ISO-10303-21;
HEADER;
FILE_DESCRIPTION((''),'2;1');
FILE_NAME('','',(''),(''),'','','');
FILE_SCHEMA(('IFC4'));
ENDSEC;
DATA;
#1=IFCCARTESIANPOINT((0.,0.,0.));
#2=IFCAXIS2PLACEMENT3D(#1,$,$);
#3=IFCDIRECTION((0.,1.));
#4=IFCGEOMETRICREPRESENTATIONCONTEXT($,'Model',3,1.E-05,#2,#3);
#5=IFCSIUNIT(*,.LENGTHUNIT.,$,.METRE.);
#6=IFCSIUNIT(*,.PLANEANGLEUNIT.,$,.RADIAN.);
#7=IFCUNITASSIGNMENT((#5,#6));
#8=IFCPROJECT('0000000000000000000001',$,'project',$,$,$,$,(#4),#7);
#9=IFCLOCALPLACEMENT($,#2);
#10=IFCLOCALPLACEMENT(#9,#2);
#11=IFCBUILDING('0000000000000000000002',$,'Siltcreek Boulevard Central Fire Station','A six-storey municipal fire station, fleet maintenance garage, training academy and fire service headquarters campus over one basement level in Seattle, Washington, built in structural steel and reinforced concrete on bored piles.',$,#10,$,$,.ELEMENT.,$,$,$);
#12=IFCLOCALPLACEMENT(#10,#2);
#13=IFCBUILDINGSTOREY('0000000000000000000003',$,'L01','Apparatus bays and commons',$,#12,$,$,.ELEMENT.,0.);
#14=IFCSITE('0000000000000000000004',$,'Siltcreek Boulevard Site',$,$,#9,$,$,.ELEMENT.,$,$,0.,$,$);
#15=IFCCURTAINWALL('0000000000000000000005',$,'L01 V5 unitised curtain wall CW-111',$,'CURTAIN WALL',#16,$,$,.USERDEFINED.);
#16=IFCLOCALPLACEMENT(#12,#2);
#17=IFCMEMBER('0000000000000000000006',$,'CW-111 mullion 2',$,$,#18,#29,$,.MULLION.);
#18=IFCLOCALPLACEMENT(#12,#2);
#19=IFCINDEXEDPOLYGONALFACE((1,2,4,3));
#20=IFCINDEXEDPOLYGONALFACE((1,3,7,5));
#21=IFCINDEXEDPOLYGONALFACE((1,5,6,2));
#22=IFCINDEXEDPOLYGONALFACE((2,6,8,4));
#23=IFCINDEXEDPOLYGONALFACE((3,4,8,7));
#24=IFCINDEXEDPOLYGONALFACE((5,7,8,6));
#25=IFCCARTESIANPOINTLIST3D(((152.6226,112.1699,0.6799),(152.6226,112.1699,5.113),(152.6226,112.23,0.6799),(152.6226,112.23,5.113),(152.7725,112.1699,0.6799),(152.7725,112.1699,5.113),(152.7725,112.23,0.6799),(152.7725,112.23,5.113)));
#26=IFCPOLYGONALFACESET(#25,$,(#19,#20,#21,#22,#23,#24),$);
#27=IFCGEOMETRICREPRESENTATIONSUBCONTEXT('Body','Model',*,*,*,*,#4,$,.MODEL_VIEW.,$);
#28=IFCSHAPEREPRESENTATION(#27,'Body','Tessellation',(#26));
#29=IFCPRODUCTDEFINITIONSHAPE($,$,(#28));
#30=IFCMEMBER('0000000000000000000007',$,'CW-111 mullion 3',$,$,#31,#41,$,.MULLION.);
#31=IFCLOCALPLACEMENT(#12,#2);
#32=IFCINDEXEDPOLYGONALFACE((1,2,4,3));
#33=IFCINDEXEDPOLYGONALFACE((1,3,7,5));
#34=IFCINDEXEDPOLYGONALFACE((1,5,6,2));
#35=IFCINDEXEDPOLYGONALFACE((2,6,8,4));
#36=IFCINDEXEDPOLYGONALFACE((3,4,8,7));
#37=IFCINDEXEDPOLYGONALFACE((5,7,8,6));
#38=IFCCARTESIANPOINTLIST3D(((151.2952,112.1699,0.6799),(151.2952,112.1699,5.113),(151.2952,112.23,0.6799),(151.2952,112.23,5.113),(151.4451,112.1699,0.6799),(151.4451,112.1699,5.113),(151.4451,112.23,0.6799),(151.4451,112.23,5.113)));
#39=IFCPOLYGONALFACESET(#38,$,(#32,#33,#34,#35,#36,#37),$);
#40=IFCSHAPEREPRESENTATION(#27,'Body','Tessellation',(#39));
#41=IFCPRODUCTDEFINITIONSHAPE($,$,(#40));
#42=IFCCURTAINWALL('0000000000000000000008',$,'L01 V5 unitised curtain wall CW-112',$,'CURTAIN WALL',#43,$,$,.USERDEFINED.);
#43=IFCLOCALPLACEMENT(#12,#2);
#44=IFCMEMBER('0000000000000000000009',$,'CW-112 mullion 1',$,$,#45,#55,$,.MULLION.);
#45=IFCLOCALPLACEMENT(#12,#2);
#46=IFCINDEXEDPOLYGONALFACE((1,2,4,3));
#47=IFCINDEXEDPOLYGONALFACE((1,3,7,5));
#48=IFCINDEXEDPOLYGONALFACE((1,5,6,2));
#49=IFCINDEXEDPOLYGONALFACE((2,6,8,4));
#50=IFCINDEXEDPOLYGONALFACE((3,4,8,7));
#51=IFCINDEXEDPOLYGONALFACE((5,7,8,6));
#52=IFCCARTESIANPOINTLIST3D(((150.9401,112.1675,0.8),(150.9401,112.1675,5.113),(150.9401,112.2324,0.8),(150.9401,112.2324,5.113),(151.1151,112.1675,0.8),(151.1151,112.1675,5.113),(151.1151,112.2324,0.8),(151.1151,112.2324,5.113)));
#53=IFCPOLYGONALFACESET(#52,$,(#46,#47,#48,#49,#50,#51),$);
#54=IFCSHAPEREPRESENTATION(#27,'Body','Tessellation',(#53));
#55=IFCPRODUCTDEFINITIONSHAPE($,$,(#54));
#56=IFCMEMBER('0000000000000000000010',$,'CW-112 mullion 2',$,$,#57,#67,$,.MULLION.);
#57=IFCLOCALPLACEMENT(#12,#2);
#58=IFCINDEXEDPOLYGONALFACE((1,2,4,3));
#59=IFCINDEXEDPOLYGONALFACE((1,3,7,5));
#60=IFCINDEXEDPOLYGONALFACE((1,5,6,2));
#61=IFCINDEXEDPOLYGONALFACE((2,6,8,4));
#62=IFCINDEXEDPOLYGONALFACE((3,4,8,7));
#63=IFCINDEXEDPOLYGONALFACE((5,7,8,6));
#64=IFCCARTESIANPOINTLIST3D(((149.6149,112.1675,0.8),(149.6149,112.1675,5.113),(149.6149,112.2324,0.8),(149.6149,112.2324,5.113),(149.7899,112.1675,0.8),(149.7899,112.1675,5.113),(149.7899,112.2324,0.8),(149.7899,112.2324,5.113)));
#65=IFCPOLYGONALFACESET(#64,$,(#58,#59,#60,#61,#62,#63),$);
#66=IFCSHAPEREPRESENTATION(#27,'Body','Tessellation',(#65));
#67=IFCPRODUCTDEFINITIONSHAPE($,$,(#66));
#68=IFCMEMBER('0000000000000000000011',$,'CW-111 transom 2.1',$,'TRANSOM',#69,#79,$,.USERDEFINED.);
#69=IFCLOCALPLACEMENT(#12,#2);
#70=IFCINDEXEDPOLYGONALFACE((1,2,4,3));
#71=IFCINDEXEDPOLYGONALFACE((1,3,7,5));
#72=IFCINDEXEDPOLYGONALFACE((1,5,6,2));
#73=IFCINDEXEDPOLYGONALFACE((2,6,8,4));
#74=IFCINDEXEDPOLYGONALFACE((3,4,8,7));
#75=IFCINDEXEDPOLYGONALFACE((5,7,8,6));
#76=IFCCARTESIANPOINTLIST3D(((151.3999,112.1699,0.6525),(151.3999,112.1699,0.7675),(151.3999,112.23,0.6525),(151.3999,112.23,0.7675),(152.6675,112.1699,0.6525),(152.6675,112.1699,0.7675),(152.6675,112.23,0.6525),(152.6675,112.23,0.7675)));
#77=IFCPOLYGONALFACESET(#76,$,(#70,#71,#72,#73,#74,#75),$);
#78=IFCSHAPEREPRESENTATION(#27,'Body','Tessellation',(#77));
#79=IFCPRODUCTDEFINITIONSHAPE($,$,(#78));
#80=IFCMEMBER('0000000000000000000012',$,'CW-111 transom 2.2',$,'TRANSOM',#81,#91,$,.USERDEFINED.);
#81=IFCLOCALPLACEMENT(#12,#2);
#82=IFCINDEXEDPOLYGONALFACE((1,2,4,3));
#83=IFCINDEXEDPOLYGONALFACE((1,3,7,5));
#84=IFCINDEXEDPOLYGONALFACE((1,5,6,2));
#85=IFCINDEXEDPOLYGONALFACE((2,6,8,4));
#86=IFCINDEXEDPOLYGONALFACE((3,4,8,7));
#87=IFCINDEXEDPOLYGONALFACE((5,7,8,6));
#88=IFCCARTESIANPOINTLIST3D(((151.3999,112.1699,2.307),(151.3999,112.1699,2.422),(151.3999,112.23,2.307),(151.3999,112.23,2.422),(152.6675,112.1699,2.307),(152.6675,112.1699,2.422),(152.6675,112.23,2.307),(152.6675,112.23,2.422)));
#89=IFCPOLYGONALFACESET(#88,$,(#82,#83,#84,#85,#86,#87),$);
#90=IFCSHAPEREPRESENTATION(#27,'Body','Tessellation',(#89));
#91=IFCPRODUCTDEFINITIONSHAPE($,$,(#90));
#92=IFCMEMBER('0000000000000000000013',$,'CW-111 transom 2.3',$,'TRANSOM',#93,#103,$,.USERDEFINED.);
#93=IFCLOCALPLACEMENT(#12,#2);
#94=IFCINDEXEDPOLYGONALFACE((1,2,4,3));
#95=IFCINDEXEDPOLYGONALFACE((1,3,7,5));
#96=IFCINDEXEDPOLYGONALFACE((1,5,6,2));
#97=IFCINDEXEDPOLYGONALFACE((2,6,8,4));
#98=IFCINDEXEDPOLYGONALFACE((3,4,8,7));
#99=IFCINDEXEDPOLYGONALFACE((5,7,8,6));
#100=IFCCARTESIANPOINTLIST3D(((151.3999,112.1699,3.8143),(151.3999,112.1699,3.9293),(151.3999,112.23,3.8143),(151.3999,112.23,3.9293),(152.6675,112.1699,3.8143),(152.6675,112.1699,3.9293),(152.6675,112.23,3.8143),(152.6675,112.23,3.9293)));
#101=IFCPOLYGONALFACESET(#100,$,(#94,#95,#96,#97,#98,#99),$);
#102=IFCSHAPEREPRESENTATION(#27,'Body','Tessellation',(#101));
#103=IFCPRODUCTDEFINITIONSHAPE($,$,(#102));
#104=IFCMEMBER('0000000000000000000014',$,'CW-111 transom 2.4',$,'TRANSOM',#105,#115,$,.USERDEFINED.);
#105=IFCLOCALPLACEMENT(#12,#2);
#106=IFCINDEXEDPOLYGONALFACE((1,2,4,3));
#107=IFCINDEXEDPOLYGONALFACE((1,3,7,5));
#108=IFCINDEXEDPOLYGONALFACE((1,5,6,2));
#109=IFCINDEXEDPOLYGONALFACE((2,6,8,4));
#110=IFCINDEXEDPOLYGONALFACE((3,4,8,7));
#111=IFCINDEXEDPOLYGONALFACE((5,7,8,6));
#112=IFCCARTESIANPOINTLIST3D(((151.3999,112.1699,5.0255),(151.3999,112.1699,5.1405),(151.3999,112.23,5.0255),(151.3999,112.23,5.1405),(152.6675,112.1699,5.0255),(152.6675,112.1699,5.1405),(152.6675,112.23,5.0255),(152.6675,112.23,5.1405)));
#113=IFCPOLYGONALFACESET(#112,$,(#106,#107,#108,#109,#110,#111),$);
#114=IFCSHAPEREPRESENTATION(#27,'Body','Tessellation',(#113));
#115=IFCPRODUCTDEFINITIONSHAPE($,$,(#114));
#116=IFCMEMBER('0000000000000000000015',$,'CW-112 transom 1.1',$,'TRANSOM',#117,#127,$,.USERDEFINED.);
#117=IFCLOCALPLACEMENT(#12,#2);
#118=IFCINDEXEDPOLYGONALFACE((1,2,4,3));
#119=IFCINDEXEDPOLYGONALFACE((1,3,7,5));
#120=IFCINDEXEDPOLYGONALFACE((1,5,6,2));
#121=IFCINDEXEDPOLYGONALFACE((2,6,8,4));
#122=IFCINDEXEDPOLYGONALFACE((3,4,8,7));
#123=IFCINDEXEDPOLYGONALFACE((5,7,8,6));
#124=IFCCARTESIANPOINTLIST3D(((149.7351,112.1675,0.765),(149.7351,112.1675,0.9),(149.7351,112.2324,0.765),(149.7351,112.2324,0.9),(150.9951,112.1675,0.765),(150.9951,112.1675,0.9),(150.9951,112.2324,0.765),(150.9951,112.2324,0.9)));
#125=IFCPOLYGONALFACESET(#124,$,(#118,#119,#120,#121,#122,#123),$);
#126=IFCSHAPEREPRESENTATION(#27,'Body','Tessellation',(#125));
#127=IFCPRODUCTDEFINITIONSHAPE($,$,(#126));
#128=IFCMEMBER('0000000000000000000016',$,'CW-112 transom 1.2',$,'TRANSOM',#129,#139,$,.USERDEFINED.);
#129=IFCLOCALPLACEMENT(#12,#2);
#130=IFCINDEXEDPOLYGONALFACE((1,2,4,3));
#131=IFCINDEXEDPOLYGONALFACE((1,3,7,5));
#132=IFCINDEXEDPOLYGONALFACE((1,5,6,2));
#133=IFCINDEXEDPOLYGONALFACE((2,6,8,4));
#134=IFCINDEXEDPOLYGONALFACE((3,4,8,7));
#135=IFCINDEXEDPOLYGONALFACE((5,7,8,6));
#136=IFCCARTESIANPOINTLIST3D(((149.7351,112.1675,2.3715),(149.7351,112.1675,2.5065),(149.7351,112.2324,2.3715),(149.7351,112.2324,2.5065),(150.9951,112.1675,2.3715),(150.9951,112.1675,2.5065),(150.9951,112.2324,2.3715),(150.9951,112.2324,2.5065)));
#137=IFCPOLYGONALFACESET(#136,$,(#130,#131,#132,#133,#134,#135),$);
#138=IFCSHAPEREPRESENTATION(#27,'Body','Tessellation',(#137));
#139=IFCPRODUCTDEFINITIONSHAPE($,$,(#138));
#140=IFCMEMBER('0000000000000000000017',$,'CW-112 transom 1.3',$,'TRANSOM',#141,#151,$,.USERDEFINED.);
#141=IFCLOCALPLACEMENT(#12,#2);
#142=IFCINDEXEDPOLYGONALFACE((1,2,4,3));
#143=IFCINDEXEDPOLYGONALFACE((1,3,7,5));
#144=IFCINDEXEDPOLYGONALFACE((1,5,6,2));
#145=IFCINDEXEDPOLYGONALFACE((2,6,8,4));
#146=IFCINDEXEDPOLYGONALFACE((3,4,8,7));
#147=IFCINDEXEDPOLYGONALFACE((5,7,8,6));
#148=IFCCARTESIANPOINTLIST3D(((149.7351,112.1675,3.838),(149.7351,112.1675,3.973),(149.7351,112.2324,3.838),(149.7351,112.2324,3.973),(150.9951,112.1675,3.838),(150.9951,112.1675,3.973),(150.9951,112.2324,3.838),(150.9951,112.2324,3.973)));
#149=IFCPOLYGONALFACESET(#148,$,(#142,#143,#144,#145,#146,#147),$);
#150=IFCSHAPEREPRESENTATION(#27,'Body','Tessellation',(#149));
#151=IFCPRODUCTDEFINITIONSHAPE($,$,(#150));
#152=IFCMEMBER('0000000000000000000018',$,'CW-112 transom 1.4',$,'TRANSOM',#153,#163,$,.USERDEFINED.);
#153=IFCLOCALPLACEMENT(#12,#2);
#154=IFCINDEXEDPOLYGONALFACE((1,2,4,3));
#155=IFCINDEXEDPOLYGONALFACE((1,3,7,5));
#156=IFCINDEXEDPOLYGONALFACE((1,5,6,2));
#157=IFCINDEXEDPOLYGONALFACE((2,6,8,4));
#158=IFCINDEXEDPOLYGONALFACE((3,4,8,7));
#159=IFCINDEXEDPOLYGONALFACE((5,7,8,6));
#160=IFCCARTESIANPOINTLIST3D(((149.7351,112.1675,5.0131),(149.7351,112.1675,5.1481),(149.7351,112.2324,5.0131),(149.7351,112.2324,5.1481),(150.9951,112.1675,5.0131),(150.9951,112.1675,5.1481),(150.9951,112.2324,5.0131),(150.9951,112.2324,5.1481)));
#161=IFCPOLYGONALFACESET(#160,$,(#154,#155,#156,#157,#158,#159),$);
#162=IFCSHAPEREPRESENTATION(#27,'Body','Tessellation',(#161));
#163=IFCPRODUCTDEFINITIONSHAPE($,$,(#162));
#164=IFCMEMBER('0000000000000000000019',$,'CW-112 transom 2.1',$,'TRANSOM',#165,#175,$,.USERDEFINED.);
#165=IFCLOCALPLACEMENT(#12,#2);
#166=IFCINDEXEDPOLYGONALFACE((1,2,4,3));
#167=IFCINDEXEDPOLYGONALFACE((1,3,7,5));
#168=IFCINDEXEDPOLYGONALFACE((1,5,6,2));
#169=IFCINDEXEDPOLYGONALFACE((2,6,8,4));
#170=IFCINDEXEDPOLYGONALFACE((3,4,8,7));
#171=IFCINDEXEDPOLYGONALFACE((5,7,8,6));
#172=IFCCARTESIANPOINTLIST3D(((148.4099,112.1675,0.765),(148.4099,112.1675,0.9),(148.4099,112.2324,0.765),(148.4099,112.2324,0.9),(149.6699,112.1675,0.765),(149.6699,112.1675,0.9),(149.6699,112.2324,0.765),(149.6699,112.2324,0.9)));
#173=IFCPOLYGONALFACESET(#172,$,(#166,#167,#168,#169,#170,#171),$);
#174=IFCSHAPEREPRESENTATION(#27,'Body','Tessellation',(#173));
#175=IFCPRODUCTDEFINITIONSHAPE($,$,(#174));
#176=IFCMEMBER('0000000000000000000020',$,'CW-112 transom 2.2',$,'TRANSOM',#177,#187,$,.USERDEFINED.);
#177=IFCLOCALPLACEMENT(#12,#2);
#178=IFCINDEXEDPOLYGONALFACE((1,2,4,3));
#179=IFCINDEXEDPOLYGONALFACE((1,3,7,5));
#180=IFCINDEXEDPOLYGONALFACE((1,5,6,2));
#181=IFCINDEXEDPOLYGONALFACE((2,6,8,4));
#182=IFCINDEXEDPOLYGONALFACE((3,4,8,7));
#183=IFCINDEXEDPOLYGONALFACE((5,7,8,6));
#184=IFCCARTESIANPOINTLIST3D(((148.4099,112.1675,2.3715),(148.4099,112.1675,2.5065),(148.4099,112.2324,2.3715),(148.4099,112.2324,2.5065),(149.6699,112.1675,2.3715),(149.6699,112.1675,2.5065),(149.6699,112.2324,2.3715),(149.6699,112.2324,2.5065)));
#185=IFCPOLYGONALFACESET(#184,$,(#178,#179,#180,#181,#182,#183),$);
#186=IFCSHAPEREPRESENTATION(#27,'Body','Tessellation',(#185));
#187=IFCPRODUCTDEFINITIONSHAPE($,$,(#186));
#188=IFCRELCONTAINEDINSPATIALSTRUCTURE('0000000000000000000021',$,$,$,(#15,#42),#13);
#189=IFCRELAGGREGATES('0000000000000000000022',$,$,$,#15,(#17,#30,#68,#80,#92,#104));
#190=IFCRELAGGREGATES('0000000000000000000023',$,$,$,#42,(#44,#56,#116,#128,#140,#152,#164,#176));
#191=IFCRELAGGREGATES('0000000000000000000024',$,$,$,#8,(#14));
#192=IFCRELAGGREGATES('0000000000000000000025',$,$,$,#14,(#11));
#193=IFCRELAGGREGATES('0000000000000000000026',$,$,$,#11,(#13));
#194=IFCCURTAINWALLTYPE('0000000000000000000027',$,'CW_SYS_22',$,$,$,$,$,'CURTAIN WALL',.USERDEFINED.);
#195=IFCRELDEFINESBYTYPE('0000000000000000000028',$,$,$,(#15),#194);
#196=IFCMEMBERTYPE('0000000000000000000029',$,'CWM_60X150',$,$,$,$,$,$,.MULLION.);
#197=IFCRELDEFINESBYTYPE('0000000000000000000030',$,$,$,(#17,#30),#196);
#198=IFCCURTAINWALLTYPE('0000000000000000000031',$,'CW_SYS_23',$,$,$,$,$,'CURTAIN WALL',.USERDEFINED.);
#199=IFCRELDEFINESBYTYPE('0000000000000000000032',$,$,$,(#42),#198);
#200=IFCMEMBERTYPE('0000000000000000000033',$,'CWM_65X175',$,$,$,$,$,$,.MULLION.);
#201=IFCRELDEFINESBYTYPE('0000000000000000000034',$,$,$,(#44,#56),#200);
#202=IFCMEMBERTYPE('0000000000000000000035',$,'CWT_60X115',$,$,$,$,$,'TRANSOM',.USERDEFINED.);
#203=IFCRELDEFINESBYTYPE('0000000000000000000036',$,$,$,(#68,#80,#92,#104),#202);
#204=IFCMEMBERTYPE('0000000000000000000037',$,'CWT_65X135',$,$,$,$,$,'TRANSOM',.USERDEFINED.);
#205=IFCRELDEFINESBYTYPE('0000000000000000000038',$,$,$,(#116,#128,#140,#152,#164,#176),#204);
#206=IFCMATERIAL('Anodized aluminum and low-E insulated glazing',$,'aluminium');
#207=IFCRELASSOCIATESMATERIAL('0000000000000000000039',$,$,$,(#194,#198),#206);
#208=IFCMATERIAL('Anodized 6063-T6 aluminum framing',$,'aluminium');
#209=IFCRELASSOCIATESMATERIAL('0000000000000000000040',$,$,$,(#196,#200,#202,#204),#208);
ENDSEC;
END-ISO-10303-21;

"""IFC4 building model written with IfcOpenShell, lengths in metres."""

from ifc_helpers import new_model, si_unit, direction, frame, origin, origin_2d, place, context, subcontext, project, spatial, rectangle, extrude, material, material_profile, profile_set, type_object, element, aggregate, save


model = new_model("IFC4")

# Units and contexts
model_context = context("Model", 3, precision=1e-05, world=origin(), true_north=direction((0.0, 1.0)))
body_context = subcontext(model_context, "Body", "Model", "MODEL_VIEW")
ifc_project = project(units=[si_unit("LENGTHUNIT", "METRE"), si_unit("PLANEANGLEUNIT", "RADIAN")], contexts=[model_context])

# Site, building, storey
site_placement = place(None, origin())
site = spatial("IfcSite", under=ifc_project, at=site_placement, Name="Siltcreek Boulevard Site", CompositionType="ELEMENT", RefElevation=0.0)
building_placement = place(site_placement, origin())
building = spatial("IfcBuilding", under=site, at=building_placement, Name="Siltcreek Boulevard Central Fire Station", Description="A six-storey municipal fire station, fleet maintenance garage, training academy and fire service headquarters campus over one basement level in Seattle, Washington, built in structural steel and reinforced concrete on bored piles.", CompositionType="ELEMENT")
storey_placement = place(building_placement, origin())
storey = spatial("IfcBuildingStorey", under=building, at=storey_placement, Name="L01", Description="Apparatus bays and commons", CompositionType="ELEMENT", Elevation=0.0)

# Curtain walls, members
ifc_material_1 = material(Name="Anodized aluminum and low-E insulated glazing", Category="aluminium")
curtain_wall_type_1 = type_object("IfcCurtainWallType", Name="CW_SYS_22", ElementType="CURTAIN WALL", PredefinedType="USERDEFINED", material=ifc_material_1)
curtain_wall_1_placement = place(storey_placement, origin())
curtain_wall_1 = element("IfcCurtainWall", 1, at=curtain_wall_1_placement, inside=storey, type_object=curtain_wall_type_1, Name="L01 V5 unitised curtain wall CW-111", ObjectType="CURTAIN WALL", PredefinedType="USERDEFINED")
ifc_material_2 = material(Name="Anodized 6063-T6 aluminum framing", Category="aluminium")
ifc_material_profile_1 = material_profile(ifc_material_2, rectangle(XDim=0.0601, YDim=0.1499, at=origin_2d()), Name="MULL60X150")
ifc_profile_set_1 = profile_set([ifc_material_profile_1], Name="Anodized 6063-T6 aluminum framing")
member_type_1 = type_object("IfcMemberType", Name="CWM_60X150", PredefinedType="MULLION", material=ifc_profile_set_1)
member_1_placement = place(storey_placement, frame((152.6975, 112.2, 0.6799), z_axis=(0.0, 0.0, 1.0), x_axis=(0.0, -1.0, 0.0)))
member_1 = element("IfcMember", 2, at=member_1_placement, type_object=member_type_1, Name="CW-111 mullion 2", PredefinedType="MULLION", context=body_context, shape_type="SweptSolid", body=[
    extrude(rectangle(XDim=0.0601, YDim=0.1499, at=origin_2d()), origin(), (0.0, 0.0, 1.0), 4.4331),
])
member_2_placement = place(storey_placement, frame((151.3701, 112.2, 0.6799), z_axis=(0.0, 0.0, 1.0), x_axis=(0.0, -1.0, 0.0)))
member_2 = element("IfcMember", 3, at=member_2_placement, type_object=member_type_1, Name="CW-111 mullion 3", PredefinedType="MULLION", context=body_context, shape_type="SweptSolid", body=[
    extrude(rectangle(XDim=0.0601, YDim=0.1499, at=origin_2d()), origin(), (0.0, 0.0, 1.0), 4.4331),
])
curtain_wall_type_2 = type_object("IfcCurtainWallType", Name="CW_SYS_23", ElementType="CURTAIN WALL", PredefinedType="USERDEFINED", material=ifc_material_1)
curtain_wall_2_placement = place(storey_placement, origin())
curtain_wall_2 = element("IfcCurtainWall", 4, at=curtain_wall_2_placement, inside=storey, type_object=curtain_wall_type_2, Name="L01 V5 unitised curtain wall CW-112", ObjectType="CURTAIN WALL", PredefinedType="USERDEFINED")
ifc_material_profile_2 = material_profile(ifc_material_2, rectangle(XDim=0.0649, YDim=0.175, at=origin_2d()), Name="MULL65X175")
ifc_profile_set_2 = profile_set([ifc_material_profile_2], Name="Anodized 6063-T6 aluminum framing")
member_type_2 = type_object("IfcMemberType", Name="CWM_65X175", PredefinedType="MULLION", material=ifc_profile_set_2)
member_3_placement = place(storey_placement, frame((151.0276, 112.2, 0.8), z_axis=(0.0, 0.0, 1.0), x_axis=(0.0, -1.0, 0.0)))
member_3 = element("IfcMember", 5, at=member_3_placement, type_object=member_type_2, Name="CW-112 mullion 1", PredefinedType="MULLION", context=body_context, shape_type="SweptSolid", body=[
    extrude(rectangle(XDim=0.0649, YDim=0.175, at=origin_2d()), origin(), (0.0, 0.0, 1.0), 4.313),
])
member_4_placement = place(storey_placement, frame((149.7024, 112.2, 0.8), z_axis=(0.0, 0.0, 1.0), x_axis=(0.0, -1.0, 0.0)))
member_4 = element("IfcMember", 6, at=member_4_placement, type_object=member_type_2, Name="CW-112 mullion 2", PredefinedType="MULLION", context=body_context, shape_type="SweptSolid", body=[
    extrude(rectangle(XDim=0.0649, YDim=0.175, at=origin_2d()), origin(), (0.0, 0.0, 1.0), 4.313),
])

# Members
ifc_material_profile_3 = material_profile(ifc_material_2, rectangle(XDim=0.0601, YDim=0.115, at=origin_2d()), Name="TRAN60X115")
ifc_profile_set_3 = profile_set([ifc_material_profile_3], Name="Anodized 6063-T6 aluminum framing")
member_type_3 = type_object("IfcMemberType", Name="CWT_60X115", ElementType="TRANSOM", PredefinedType="USERDEFINED", material=ifc_profile_set_3)
member_5_placement = place(storey_placement, frame((152.6675, 112.2, 0.71), z_axis=(-1.0, 0.0, 0.0), x_axis=(0.0, -1.0, 0.0)))
member_5 = element("IfcMember", 7, at=member_5_placement, type_object=member_type_3, Name="CW-111 transom 2.1", ObjectType="TRANSOM", PredefinedType="USERDEFINED", context=body_context, shape_type="SweptSolid", body=[
    extrude(rectangle(XDim=0.0601, YDim=0.115, at=origin_2d()), origin(), (0.0, 0.0, 1.0), 1.2676),
])
member_6_placement = place(storey_placement, frame((152.6675, 112.2, 2.3645), z_axis=(-1.0, 0.0, 0.0), x_axis=(0.0, -1.0, 0.0)))
member_6 = element("IfcMember", 8, at=member_6_placement, type_object=member_type_3, Name="CW-111 transom 2.2", ObjectType="TRANSOM", PredefinedType="USERDEFINED", context=body_context, shape_type="SweptSolid", body=[
    extrude(rectangle(XDim=0.0601, YDim=0.115, at=origin_2d()), origin(), (0.0, 0.0, 1.0), 1.2676),
])
member_7_placement = place(storey_placement, frame((152.6675, 112.2, 3.8718), z_axis=(-1.0, 0.0, 0.0), x_axis=(0.0, -1.0, 0.0)))
member_7 = element("IfcMember", 9, at=member_7_placement, type_object=member_type_3, Name="CW-111 transom 2.3", ObjectType="TRANSOM", PredefinedType="USERDEFINED", context=body_context, shape_type="SweptSolid", body=[
    extrude(rectangle(XDim=0.0601, YDim=0.115, at=origin_2d()), origin(), (0.0, 0.0, 1.0), 1.2676),
])
member_8_placement = place(storey_placement, frame((152.6675, 112.2, 5.083), z_axis=(-1.0, 0.0, 0.0), x_axis=(0.0, -1.0, 0.0)))
member_8 = element("IfcMember", 10, at=member_8_placement, type_object=member_type_3, Name="CW-111 transom 2.4", ObjectType="TRANSOM", PredefinedType="USERDEFINED", context=body_context, shape_type="SweptSolid", body=[
    extrude(rectangle(XDim=0.0601, YDim=0.115, at=origin_2d()), origin(), (0.0, 0.0, 1.0), 1.2676),
])
ifc_material_profile_4 = material_profile(ifc_material_2, rectangle(XDim=0.0649, YDim=0.135, at=origin_2d()), Name="TRAN65X135")
ifc_profile_set_4 = profile_set([ifc_material_profile_4], Name="Anodized 6063-T6 aluminum framing")
member_type_4 = type_object("IfcMemberType", Name="CWT_65X135", ElementType="TRANSOM", PredefinedType="USERDEFINED", material=ifc_profile_set_4)
member_9_placement = place(storey_placement, frame((150.9951, 112.2, 0.8325), z_axis=(-1.0, 0.0, 0.0), x_axis=(0.0, -1.0, 0.0)))
member_9 = element("IfcMember", 11, at=member_9_placement, type_object=member_type_4, Name="CW-112 transom 1.1", ObjectType="TRANSOM", PredefinedType="USERDEFINED", context=body_context, shape_type="SweptSolid", body=[
    extrude(rectangle(XDim=0.0649, YDim=0.135, at=origin_2d()), origin(), (0.0, 0.0, 1.0), 1.26),
])
member_10_placement = place(storey_placement, frame((150.9951, 112.2, 2.439), z_axis=(-1.0, 0.0, 0.0), x_axis=(0.0, -1.0, 0.0)))
member_10 = element("IfcMember", 12, at=member_10_placement, type_object=member_type_4, Name="CW-112 transom 1.2", ObjectType="TRANSOM", PredefinedType="USERDEFINED", context=body_context, shape_type="SweptSolid", body=[
    extrude(rectangle(XDim=0.0649, YDim=0.135, at=origin_2d()), origin(), (0.0, 0.0, 1.0), 1.26),
])
member_11_placement = place(storey_placement, frame((150.9951, 112.2, 3.9055), z_axis=(-1.0, 0.0, 0.0), x_axis=(0.0, -1.0, 0.0)))
member_11 = element("IfcMember", 13, at=member_11_placement, type_object=member_type_4, Name="CW-112 transom 1.3", ObjectType="TRANSOM", PredefinedType="USERDEFINED", context=body_context, shape_type="SweptSolid", body=[
    extrude(rectangle(XDim=0.0649, YDim=0.135, at=origin_2d()), origin(), (0.0, 0.0, 1.0), 1.26),
])
member_12_placement = place(storey_placement, frame((150.9951, 112.2, 5.0806), z_axis=(-1.0, 0.0, 0.0), x_axis=(0.0, -1.0, 0.0)))
member_12 = element("IfcMember", 14, at=member_12_placement, type_object=member_type_4, Name="CW-112 transom 1.4", ObjectType="TRANSOM", PredefinedType="USERDEFINED", context=body_context, shape_type="SweptSolid", body=[
    extrude(rectangle(XDim=0.0649, YDim=0.135, at=origin_2d()), origin(), (0.0, 0.0, 1.0), 1.26),
])
member_13_placement = place(storey_placement, frame((149.6699, 112.2, 0.8325), z_axis=(-1.0, 0.0, 0.0), x_axis=(0.0, -1.0, 0.0)))
member_13 = element("IfcMember", 15, at=member_13_placement, type_object=member_type_4, Name="CW-112 transom 2.1", ObjectType="TRANSOM", PredefinedType="USERDEFINED", context=body_context, shape_type="SweptSolid", body=[
    extrude(rectangle(XDim=0.0649, YDim=0.135, at=origin_2d()), origin(), (0.0, 0.0, 1.0), 1.26),
])
member_14_placement = place(storey_placement, frame((149.6699, 112.2, 2.439), z_axis=(-1.0, 0.0, 0.0), x_axis=(0.0, -1.0, 0.0)))
member_14 = element("IfcMember", 16, at=member_14_placement, type_object=member_type_4, Name="CW-112 transom 2.2", ObjectType="TRANSOM", PredefinedType="USERDEFINED", context=body_context, shape_type="SweptSolid", body=[
    extrude(rectangle(XDim=0.0649, YDim=0.135, at=origin_2d()), origin(), (0.0, 0.0, 1.0), 1.26),
])

aggregate(curtain_wall_1, [member_1, member_2, member_5, member_6, member_7, member_8])
aggregate(curtain_wall_2, [member_3, member_4, member_9, member_10, member_11, member_12, member_13, member_14])

save(model, "model.ifc")
